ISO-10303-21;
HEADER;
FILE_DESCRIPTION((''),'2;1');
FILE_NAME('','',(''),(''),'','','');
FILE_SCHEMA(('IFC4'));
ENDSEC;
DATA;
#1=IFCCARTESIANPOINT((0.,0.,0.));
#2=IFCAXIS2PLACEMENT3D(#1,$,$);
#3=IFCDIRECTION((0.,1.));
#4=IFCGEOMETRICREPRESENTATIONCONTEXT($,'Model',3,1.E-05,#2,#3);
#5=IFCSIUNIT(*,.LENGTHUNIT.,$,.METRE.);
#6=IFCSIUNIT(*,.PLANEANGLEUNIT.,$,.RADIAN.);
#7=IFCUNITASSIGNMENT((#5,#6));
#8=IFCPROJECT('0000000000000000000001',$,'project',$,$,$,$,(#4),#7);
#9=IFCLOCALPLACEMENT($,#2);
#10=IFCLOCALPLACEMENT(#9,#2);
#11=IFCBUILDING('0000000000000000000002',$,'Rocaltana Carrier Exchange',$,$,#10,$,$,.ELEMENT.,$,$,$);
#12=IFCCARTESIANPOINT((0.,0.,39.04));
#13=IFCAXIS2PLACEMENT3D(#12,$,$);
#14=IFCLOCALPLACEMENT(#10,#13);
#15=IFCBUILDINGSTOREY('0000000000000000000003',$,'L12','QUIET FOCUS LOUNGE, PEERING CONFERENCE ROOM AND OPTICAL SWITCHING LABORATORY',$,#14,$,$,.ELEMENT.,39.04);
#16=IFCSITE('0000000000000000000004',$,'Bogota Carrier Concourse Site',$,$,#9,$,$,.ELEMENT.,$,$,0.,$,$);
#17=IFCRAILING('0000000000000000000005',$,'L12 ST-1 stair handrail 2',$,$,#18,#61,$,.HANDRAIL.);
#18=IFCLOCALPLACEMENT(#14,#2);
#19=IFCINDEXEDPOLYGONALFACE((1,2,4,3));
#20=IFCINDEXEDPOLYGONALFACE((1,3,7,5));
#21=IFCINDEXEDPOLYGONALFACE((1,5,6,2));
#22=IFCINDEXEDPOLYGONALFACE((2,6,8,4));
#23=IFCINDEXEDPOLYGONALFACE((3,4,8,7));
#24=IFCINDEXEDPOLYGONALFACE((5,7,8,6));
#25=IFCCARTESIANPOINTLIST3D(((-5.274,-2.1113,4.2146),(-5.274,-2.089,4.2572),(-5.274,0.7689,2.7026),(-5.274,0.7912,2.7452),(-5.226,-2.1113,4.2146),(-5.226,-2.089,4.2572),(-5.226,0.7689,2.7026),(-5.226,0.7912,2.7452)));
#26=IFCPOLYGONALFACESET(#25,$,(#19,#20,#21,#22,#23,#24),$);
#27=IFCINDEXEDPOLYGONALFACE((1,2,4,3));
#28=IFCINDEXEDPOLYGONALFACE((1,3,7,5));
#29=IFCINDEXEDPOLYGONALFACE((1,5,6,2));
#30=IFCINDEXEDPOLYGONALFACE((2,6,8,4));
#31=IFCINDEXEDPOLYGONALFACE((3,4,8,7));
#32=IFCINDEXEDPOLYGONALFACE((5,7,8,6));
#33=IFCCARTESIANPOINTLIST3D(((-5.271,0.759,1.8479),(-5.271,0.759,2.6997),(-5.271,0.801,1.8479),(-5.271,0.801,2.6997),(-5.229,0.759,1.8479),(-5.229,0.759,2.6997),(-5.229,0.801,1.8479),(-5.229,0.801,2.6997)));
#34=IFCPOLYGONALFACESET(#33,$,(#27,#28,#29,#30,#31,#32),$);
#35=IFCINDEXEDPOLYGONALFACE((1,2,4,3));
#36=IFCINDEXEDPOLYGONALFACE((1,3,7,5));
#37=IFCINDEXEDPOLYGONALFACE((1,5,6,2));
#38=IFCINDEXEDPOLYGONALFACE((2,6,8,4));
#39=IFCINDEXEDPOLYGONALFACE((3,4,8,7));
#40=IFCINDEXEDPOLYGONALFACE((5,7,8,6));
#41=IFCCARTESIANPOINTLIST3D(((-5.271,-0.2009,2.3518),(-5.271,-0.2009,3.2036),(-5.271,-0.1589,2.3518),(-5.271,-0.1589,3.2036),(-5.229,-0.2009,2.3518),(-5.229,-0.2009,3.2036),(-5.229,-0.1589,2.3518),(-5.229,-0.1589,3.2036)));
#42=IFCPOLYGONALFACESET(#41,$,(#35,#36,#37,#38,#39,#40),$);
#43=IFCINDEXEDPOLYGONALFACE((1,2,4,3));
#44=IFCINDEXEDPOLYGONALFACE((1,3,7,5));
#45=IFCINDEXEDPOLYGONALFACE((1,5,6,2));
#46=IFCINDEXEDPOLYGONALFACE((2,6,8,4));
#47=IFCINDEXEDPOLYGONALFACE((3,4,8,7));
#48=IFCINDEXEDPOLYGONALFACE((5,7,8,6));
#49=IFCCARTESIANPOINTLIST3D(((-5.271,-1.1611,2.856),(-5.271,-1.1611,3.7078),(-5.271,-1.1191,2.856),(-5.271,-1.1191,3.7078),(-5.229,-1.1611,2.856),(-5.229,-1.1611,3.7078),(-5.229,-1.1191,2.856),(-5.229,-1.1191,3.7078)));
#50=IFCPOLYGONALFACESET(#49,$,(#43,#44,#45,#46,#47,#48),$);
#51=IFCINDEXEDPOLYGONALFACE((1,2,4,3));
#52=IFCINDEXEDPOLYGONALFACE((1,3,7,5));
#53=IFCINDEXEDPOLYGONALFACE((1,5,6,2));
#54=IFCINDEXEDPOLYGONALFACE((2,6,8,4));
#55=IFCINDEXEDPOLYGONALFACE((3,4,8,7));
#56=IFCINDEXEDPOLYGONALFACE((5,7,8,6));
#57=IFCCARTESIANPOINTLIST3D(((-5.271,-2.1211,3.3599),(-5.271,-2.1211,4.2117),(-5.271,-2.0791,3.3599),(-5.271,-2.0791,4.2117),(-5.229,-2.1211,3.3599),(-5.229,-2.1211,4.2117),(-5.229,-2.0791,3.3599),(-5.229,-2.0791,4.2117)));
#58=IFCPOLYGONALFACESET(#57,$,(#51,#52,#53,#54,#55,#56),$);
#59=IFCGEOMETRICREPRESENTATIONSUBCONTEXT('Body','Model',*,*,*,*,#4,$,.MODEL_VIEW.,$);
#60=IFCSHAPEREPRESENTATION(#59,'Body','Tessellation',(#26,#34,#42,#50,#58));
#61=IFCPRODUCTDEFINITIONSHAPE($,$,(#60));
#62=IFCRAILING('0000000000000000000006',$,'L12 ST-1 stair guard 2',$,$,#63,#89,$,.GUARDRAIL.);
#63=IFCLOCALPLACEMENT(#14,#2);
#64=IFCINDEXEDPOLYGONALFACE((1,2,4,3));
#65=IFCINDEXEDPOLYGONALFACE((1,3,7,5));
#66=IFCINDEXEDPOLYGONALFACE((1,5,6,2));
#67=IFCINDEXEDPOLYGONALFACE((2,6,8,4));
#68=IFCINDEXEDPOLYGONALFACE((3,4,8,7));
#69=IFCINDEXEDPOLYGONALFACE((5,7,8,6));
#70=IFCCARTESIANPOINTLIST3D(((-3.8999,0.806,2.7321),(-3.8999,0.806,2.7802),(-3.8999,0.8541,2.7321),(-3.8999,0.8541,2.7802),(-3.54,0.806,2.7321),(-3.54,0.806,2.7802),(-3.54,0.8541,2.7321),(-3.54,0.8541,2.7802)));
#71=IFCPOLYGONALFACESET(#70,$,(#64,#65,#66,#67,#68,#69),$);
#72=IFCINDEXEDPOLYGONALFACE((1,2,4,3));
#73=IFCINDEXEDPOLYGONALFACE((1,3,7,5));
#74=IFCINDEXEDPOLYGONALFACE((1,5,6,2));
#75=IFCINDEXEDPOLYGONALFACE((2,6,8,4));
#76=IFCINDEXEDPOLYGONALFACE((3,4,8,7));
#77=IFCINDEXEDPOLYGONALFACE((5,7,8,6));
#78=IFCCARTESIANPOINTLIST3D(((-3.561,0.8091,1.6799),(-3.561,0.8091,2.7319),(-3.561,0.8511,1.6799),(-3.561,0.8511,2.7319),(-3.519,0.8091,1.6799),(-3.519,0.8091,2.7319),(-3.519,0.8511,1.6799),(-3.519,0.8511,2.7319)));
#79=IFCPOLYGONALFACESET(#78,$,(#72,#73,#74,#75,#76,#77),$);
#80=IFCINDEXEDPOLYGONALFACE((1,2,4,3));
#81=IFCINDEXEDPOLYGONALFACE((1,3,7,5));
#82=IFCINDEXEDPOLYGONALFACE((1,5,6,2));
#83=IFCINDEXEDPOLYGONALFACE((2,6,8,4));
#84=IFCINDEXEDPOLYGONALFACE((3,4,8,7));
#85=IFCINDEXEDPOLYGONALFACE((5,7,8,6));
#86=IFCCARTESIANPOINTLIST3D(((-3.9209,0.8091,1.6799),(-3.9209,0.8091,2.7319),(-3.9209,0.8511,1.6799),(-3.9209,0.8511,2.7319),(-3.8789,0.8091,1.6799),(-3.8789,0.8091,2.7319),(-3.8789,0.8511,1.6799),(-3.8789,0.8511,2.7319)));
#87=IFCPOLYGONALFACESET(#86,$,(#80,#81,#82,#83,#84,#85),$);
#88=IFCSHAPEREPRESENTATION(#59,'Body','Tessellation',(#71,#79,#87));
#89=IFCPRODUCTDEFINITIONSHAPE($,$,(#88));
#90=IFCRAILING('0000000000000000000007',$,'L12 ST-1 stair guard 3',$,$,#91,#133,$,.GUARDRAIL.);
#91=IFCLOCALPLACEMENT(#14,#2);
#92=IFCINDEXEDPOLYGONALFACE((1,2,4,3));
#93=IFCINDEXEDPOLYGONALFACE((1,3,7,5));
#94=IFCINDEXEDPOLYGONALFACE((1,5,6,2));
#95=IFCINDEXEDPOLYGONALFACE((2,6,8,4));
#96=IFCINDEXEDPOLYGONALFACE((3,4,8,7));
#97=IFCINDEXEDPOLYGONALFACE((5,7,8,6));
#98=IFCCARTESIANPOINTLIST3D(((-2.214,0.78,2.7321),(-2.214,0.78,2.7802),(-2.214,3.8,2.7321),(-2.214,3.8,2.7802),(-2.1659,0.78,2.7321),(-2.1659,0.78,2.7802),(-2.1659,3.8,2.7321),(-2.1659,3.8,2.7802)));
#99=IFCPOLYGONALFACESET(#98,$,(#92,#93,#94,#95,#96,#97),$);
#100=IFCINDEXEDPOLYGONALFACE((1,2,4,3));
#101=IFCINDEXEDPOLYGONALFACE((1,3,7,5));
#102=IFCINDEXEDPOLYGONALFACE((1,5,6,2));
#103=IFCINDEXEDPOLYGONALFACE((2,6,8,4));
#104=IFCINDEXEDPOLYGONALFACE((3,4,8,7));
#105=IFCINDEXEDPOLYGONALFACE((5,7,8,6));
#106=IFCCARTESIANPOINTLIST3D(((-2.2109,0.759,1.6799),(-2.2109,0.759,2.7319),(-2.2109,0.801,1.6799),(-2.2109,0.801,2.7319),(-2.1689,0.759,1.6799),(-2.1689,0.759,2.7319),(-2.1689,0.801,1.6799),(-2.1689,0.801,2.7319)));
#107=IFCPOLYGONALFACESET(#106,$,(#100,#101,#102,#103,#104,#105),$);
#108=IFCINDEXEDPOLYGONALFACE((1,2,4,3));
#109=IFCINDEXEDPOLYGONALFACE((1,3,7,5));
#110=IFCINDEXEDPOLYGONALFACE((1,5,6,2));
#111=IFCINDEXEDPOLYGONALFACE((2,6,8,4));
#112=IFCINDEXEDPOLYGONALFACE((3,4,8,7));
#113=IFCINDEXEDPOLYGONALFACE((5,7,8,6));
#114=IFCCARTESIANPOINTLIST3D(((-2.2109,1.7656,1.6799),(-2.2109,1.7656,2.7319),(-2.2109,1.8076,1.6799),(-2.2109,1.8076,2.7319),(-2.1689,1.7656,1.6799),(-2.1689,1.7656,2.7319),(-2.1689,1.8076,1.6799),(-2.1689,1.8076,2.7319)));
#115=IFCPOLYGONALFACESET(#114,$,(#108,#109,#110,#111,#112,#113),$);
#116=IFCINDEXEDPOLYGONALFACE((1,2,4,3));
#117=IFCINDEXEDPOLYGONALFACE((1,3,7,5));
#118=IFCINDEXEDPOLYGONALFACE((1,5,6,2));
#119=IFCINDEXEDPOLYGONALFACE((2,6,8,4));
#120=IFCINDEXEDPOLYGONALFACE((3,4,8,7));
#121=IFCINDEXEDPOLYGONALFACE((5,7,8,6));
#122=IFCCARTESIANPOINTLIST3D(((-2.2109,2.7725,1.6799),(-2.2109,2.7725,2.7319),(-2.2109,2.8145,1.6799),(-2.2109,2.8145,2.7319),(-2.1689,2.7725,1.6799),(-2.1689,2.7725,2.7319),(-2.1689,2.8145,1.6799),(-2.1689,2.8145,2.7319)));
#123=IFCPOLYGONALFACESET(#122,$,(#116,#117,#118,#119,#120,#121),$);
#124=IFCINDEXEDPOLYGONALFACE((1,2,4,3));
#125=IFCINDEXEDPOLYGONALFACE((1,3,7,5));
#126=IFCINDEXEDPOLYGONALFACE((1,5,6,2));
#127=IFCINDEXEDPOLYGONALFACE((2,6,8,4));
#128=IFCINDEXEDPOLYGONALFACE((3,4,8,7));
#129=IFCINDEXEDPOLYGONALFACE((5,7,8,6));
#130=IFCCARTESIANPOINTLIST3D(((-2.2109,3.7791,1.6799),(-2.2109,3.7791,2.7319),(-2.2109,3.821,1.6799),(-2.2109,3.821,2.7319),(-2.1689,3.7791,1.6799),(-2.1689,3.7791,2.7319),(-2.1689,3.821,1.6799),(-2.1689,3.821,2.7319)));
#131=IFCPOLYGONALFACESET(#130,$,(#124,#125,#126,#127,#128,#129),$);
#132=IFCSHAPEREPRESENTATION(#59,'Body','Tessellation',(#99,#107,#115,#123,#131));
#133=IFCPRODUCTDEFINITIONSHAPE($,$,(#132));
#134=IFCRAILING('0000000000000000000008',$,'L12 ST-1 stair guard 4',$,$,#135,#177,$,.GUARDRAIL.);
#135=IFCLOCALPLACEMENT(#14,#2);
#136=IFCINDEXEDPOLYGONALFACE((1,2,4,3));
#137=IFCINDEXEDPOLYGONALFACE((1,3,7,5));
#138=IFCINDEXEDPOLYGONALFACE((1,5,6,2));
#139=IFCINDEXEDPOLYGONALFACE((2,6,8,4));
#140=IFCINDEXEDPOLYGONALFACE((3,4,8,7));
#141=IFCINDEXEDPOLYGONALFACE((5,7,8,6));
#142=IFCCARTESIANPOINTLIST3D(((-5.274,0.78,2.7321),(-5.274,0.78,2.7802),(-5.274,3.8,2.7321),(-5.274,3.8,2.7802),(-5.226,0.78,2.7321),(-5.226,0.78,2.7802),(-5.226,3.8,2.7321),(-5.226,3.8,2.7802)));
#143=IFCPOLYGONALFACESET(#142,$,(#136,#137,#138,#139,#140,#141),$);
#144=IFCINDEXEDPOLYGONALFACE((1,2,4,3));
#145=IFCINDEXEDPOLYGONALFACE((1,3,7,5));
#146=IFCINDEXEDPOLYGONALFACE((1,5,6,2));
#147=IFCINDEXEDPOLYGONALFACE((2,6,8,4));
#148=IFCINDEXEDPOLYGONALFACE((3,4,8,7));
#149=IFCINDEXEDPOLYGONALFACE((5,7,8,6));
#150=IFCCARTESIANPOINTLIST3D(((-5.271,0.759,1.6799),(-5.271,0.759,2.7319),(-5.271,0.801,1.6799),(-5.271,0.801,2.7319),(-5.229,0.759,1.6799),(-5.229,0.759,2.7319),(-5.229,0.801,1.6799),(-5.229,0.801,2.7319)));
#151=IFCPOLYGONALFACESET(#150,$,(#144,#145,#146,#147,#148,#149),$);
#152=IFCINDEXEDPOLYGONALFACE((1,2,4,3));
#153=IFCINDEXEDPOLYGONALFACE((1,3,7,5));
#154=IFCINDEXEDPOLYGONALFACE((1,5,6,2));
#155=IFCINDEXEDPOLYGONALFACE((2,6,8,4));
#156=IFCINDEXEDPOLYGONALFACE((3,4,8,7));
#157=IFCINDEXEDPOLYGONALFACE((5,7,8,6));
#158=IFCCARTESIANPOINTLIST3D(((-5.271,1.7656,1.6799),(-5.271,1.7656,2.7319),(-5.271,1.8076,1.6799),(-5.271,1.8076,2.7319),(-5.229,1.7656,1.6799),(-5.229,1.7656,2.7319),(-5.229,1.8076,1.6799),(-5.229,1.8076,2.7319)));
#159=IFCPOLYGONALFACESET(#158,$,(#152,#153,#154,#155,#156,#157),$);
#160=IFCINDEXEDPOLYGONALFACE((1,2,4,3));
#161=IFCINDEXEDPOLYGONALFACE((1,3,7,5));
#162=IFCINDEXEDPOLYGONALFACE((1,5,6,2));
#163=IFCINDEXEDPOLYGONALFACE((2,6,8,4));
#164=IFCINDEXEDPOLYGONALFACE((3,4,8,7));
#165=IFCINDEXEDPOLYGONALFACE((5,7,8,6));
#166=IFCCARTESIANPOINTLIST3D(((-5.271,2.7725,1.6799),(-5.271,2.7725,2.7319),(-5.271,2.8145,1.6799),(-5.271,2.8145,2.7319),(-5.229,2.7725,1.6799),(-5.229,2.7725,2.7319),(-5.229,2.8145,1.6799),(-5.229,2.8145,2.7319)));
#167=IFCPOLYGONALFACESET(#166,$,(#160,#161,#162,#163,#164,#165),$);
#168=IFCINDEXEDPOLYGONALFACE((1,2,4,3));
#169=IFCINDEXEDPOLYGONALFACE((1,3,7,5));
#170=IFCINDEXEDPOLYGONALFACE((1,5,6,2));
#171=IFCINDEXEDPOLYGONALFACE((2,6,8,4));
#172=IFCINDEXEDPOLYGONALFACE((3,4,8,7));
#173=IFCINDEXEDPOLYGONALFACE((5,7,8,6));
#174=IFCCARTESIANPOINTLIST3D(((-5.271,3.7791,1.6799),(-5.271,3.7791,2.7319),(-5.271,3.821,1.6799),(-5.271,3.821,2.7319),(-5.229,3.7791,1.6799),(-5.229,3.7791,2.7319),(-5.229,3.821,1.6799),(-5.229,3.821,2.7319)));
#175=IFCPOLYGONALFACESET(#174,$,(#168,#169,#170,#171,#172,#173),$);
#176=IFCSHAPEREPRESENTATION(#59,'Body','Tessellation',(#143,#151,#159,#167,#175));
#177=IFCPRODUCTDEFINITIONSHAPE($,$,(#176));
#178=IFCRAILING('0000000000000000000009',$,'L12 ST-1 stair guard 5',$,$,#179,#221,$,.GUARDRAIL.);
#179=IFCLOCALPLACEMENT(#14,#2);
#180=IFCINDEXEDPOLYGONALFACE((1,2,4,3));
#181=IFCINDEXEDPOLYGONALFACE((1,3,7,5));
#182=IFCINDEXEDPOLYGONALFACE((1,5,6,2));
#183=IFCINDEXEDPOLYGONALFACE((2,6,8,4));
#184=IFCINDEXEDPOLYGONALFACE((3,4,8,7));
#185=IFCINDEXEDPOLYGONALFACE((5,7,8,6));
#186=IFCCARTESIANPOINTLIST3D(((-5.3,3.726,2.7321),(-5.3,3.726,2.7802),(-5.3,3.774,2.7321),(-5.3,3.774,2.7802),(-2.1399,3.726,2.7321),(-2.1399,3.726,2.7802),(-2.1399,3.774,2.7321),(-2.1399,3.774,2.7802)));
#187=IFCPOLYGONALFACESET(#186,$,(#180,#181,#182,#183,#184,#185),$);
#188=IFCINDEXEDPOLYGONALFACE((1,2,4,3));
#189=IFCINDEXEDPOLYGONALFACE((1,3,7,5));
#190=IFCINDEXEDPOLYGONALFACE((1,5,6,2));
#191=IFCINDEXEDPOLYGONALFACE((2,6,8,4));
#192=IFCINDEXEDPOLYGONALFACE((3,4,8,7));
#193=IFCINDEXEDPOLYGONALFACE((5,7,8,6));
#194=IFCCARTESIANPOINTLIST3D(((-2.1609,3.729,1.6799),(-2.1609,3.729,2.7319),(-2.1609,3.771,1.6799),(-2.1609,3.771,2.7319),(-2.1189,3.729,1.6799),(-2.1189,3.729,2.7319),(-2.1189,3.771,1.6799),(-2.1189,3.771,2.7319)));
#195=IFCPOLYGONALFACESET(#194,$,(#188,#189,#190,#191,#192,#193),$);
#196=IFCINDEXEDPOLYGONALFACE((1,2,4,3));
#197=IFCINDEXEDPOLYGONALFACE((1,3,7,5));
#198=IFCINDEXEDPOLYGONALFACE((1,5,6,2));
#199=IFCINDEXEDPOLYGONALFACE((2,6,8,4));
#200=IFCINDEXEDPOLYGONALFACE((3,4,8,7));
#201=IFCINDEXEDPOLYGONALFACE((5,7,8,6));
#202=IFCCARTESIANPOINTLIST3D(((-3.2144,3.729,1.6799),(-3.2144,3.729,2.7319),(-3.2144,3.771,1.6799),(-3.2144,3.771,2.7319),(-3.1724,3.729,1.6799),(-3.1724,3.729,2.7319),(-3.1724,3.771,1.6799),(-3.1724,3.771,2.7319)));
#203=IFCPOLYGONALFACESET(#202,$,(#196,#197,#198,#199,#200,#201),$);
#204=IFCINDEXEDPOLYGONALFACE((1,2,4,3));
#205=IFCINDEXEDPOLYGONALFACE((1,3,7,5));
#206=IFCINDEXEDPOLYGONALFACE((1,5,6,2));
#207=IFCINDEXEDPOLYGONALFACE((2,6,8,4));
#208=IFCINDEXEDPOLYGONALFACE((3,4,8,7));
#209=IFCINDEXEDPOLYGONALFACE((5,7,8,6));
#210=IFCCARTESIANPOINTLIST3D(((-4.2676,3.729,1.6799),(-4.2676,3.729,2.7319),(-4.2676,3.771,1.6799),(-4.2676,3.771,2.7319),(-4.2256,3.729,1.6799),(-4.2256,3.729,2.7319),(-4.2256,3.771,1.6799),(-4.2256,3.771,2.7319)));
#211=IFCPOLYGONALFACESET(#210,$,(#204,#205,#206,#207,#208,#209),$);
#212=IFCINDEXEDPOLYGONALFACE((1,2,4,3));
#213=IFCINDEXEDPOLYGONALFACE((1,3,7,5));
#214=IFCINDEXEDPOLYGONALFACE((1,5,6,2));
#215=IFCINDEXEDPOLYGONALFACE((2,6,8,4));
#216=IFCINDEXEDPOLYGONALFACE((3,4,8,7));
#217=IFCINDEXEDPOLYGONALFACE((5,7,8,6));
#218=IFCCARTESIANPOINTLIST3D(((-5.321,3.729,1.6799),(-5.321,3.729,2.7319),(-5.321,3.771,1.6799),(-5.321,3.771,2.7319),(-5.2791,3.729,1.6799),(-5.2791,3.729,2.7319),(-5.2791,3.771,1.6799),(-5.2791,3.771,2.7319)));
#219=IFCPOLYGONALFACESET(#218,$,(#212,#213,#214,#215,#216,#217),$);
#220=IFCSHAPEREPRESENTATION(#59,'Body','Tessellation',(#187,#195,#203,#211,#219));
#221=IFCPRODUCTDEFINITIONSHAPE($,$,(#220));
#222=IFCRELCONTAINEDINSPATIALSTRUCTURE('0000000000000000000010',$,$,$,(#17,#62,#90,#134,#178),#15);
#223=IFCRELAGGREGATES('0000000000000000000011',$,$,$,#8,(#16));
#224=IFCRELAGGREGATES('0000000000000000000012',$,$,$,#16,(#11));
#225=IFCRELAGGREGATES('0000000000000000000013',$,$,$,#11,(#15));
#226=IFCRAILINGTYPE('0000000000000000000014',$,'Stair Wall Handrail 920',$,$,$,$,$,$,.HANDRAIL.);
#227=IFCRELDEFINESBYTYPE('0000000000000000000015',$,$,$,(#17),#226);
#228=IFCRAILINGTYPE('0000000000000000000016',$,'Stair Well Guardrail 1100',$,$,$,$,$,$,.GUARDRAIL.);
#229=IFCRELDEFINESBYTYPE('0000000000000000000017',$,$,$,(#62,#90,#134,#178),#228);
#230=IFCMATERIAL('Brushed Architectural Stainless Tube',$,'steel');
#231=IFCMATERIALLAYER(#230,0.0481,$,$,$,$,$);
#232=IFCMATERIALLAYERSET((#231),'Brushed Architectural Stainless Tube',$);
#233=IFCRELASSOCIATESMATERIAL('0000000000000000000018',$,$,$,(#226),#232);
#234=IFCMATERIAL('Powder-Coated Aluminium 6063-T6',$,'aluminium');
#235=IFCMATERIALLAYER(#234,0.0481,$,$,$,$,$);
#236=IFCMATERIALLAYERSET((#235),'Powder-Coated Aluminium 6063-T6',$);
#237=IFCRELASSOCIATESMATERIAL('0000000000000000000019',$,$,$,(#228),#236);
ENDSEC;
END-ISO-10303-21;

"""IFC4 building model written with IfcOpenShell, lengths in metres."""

from ifc_helpers import new_model, si_unit, direction, frame, origin, origin_2d, place, context, subcontext, project, spatial, rectangle, extrude, material, layer, layer_set, type_object, element, save


model = new_model("IFC4")

# Units and contexts
model_context = context("Model", 3, precision=1e-05, world=origin(), true_north=direction((0.0, 1.0)))
body_context = subcontext(model_context, "Body", "Model", "MODEL_VIEW")
ifc_project = project(units=[si_unit("LENGTHUNIT", "METRE"), si_unit("PLANEANGLEUNIT", "RADIAN")], contexts=[model_context])

# Site, building, storey
site_placement = place(None, origin())
site = spatial("IfcSite", under=ifc_project, at=site_placement, Name="Bogota Carrier Concourse Site", CompositionType="ELEMENT", RefElevation=0.0)
building_placement = place(site_placement, origin())
building = spatial("IfcBuilding", under=site, at=building_placement, Name="Rocaltana Carrier Exchange", CompositionType="ELEMENT")
storey_placement = place(building_placement, frame((0.0, 0.0, 39.04)))
storey = spatial("IfcBuildingStorey", under=building, at=storey_placement, Name="L12", Description="QUIET FOCUS LOUNGE, PEERING CONFERENCE ROOM AND OPTICAL SWITCHING LABORATORY", CompositionType="ELEMENT", Elevation=39.04)

# Railings
ifc_material_1 = material(Name="Brushed Architectural Stainless Tube", Category="steel")
ifc_layer_1 = layer(ifc_material_1, 0.0481)
ifc_layer_set_1 = layer_set([ifc_layer_1], Name="Brushed Architectural Stainless Tube")
railing_type_1 = type_object("IfcRailingType", Name="Stair Wall Handrail 920", PredefinedType="HANDRAIL", material=ifc_layer_set_1)
railing_1_placement = place(storey_placement, frame((-5.25, 0.78, 1.8479)))
element("IfcRailing", 1, at=railing_1_placement, inside=storey, type_object=railing_type_1, Name="L12 ST-1 stair handrail 2", PredefinedType="HANDRAIL", context=body_context, shape_type="SweptSolid", body=[
    extrude(rectangle(XDim=0.0481, YDim=0.0481, at=origin_2d()), frame((0.0, 0.0, 0.876), z_axis=(0.0, -0.885411, 0.464809), x_axis=(1.0, 0.0, 0.0)), (0.0, 0.0, 1.0), 3.2529),
    extrude(rectangle(XDim=0.042, YDim=0.042, at=origin_2d()), origin(), (0.0, 0.0, 1.0), 0.8518),
    extrude(rectangle(XDim=0.042, YDim=0.042, at=origin_2d()), frame((0.0, -0.96, 0.5039)), (0.0, 0.0, 1.0), 0.8518),
    extrude(rectangle(XDim=0.042, YDim=0.042, at=origin_2d()), frame((0.0, -1.9202, 1.0081)), (0.0, 0.0, 1.0), 0.8518),
    extrude(rectangle(XDim=0.042, YDim=0.042, at=origin_2d()), frame((0.0, -2.8801, 1.512)), (0.0, 0.0, 1.0), 0.8518),
])
ifc_material_2 = material(Name="Powder-Coated Aluminium 6063-T6", Category="aluminium")
ifc_layer_2 = layer(ifc_material_2, 0.0481)
ifc_layer_set_2 = layer_set([ifc_layer_2], Name="Powder-Coated Aluminium 6063-T6")
railing_type_2 = type_object("IfcRailingType", Name="Stair Well Guardrail 1100", PredefinedType="GUARDRAIL", material=ifc_layer_set_2)
railing_2_placement = place(storey_placement, frame((-3.54, 0.8301, 1.6799)))
element("IfcRailing", 2, at=railing_2_placement, inside=storey, type_object=railing_type_2, Name="L12 ST-1 stair guard 2", PredefinedType="GUARDRAIL", context=body_context, shape_type="SweptSolid", body=[
    extrude(rectangle(XDim=0.0481, YDim=0.0481, at=origin_2d()), frame((0.0, 0.0, 1.0762), z_axis=(-1.0, 0.0, 0.0), x_axis=(0.0, -1.0, 0.0)), (0.0, 0.0, 1.0), 0.3599),
    extrude(rectangle(XDim=0.042, YDim=0.042, at=origin_2d()), origin(), (0.0, 0.0, 1.0), 1.052),
    extrude(rectangle(XDim=0.042, YDim=0.042, at=origin_2d()), frame((-0.3599, 0.0, 0.0)), (0.0, 0.0, 1.0), 1.052),
])
for number, where, name in (
    (3, (-2.1899, 0.78, 1.6799), "L12 ST-1 stair guard 3"),
    (4, (-5.25, 0.78, 1.6799), "L12 ST-1 stair guard 4"),
):
    element("IfcRailing", number, at=place(storey_placement, frame(where)), inside=storey, type_object=railing_type_2, Name=name, PredefinedType="GUARDRAIL", context=body_context, shape_type="SweptSolid", body=[
        extrude(rectangle(XDim=0.0481, YDim=0.0481, at=origin_2d()), frame((0.0, 0.0, 1.0762), z_axis=(0.0, 1.0, 0.0), x_axis=(-1.0, 0.0, 0.0)), (0.0, 0.0, 1.0), 3.02),
        extrude(rectangle(XDim=0.042, YDim=0.042, at=origin_2d()), origin(), (0.0, 0.0, 1.0), 1.052),
        extrude(rectangle(XDim=0.042, YDim=0.042, at=origin_2d()), frame((0.0, 1.0066, 0.0)), (0.0, 0.0, 1.0), 1.052),
        extrude(rectangle(XDim=0.042, YDim=0.042, at=origin_2d()), frame((0.0, 2.0134, 0.0)), (0.0, 0.0, 1.0), 1.052),
        extrude(rectangle(XDim=0.042, YDim=0.042, at=origin_2d()), frame((0.0, 3.02, 0.0)), (0.0, 0.0, 1.0), 1.052),
    ])
railing_3_placement = place(storey_placement, frame((-2.1399, 3.75, 1.6799)))
element("IfcRailing", 5, at=railing_3_placement, inside=storey, type_object=railing_type_2, Name="L12 ST-1 stair guard 5", PredefinedType="GUARDRAIL", context=body_context, shape_type="SweptSolid", body=[
    extrude(rectangle(XDim=0.0481, YDim=0.0481, at=origin_2d()), frame((0.0, 0.0, 1.0762), z_axis=(-1.0, 0.0, 0.0), x_axis=(0.0, -1.0, 0.0)), (0.0, 0.0, 1.0), 3.1602),
    extrude(rectangle(XDim=0.042, YDim=0.042, at=origin_2d()), origin(), (0.0, 0.0, 1.0), 1.052),
    extrude(rectangle(XDim=0.042, YDim=0.042, at=origin_2d()), frame((-1.0535, 0.0, 0.0)), (0.0, 0.0, 1.0), 1.052),
    extrude(rectangle(XDim=0.042, YDim=0.042, at=origin_2d()), frame((-2.1067, 0.0, 0.0)), (0.0, 0.0, 1.0), 1.052),
    extrude(rectangle(XDim=0.042, YDim=0.042, at=origin_2d()), frame((-3.1602, 0.0, 0.0)), (0.0, 0.0, 1.0), 1.052),
])

save(model, "model.ifc")
